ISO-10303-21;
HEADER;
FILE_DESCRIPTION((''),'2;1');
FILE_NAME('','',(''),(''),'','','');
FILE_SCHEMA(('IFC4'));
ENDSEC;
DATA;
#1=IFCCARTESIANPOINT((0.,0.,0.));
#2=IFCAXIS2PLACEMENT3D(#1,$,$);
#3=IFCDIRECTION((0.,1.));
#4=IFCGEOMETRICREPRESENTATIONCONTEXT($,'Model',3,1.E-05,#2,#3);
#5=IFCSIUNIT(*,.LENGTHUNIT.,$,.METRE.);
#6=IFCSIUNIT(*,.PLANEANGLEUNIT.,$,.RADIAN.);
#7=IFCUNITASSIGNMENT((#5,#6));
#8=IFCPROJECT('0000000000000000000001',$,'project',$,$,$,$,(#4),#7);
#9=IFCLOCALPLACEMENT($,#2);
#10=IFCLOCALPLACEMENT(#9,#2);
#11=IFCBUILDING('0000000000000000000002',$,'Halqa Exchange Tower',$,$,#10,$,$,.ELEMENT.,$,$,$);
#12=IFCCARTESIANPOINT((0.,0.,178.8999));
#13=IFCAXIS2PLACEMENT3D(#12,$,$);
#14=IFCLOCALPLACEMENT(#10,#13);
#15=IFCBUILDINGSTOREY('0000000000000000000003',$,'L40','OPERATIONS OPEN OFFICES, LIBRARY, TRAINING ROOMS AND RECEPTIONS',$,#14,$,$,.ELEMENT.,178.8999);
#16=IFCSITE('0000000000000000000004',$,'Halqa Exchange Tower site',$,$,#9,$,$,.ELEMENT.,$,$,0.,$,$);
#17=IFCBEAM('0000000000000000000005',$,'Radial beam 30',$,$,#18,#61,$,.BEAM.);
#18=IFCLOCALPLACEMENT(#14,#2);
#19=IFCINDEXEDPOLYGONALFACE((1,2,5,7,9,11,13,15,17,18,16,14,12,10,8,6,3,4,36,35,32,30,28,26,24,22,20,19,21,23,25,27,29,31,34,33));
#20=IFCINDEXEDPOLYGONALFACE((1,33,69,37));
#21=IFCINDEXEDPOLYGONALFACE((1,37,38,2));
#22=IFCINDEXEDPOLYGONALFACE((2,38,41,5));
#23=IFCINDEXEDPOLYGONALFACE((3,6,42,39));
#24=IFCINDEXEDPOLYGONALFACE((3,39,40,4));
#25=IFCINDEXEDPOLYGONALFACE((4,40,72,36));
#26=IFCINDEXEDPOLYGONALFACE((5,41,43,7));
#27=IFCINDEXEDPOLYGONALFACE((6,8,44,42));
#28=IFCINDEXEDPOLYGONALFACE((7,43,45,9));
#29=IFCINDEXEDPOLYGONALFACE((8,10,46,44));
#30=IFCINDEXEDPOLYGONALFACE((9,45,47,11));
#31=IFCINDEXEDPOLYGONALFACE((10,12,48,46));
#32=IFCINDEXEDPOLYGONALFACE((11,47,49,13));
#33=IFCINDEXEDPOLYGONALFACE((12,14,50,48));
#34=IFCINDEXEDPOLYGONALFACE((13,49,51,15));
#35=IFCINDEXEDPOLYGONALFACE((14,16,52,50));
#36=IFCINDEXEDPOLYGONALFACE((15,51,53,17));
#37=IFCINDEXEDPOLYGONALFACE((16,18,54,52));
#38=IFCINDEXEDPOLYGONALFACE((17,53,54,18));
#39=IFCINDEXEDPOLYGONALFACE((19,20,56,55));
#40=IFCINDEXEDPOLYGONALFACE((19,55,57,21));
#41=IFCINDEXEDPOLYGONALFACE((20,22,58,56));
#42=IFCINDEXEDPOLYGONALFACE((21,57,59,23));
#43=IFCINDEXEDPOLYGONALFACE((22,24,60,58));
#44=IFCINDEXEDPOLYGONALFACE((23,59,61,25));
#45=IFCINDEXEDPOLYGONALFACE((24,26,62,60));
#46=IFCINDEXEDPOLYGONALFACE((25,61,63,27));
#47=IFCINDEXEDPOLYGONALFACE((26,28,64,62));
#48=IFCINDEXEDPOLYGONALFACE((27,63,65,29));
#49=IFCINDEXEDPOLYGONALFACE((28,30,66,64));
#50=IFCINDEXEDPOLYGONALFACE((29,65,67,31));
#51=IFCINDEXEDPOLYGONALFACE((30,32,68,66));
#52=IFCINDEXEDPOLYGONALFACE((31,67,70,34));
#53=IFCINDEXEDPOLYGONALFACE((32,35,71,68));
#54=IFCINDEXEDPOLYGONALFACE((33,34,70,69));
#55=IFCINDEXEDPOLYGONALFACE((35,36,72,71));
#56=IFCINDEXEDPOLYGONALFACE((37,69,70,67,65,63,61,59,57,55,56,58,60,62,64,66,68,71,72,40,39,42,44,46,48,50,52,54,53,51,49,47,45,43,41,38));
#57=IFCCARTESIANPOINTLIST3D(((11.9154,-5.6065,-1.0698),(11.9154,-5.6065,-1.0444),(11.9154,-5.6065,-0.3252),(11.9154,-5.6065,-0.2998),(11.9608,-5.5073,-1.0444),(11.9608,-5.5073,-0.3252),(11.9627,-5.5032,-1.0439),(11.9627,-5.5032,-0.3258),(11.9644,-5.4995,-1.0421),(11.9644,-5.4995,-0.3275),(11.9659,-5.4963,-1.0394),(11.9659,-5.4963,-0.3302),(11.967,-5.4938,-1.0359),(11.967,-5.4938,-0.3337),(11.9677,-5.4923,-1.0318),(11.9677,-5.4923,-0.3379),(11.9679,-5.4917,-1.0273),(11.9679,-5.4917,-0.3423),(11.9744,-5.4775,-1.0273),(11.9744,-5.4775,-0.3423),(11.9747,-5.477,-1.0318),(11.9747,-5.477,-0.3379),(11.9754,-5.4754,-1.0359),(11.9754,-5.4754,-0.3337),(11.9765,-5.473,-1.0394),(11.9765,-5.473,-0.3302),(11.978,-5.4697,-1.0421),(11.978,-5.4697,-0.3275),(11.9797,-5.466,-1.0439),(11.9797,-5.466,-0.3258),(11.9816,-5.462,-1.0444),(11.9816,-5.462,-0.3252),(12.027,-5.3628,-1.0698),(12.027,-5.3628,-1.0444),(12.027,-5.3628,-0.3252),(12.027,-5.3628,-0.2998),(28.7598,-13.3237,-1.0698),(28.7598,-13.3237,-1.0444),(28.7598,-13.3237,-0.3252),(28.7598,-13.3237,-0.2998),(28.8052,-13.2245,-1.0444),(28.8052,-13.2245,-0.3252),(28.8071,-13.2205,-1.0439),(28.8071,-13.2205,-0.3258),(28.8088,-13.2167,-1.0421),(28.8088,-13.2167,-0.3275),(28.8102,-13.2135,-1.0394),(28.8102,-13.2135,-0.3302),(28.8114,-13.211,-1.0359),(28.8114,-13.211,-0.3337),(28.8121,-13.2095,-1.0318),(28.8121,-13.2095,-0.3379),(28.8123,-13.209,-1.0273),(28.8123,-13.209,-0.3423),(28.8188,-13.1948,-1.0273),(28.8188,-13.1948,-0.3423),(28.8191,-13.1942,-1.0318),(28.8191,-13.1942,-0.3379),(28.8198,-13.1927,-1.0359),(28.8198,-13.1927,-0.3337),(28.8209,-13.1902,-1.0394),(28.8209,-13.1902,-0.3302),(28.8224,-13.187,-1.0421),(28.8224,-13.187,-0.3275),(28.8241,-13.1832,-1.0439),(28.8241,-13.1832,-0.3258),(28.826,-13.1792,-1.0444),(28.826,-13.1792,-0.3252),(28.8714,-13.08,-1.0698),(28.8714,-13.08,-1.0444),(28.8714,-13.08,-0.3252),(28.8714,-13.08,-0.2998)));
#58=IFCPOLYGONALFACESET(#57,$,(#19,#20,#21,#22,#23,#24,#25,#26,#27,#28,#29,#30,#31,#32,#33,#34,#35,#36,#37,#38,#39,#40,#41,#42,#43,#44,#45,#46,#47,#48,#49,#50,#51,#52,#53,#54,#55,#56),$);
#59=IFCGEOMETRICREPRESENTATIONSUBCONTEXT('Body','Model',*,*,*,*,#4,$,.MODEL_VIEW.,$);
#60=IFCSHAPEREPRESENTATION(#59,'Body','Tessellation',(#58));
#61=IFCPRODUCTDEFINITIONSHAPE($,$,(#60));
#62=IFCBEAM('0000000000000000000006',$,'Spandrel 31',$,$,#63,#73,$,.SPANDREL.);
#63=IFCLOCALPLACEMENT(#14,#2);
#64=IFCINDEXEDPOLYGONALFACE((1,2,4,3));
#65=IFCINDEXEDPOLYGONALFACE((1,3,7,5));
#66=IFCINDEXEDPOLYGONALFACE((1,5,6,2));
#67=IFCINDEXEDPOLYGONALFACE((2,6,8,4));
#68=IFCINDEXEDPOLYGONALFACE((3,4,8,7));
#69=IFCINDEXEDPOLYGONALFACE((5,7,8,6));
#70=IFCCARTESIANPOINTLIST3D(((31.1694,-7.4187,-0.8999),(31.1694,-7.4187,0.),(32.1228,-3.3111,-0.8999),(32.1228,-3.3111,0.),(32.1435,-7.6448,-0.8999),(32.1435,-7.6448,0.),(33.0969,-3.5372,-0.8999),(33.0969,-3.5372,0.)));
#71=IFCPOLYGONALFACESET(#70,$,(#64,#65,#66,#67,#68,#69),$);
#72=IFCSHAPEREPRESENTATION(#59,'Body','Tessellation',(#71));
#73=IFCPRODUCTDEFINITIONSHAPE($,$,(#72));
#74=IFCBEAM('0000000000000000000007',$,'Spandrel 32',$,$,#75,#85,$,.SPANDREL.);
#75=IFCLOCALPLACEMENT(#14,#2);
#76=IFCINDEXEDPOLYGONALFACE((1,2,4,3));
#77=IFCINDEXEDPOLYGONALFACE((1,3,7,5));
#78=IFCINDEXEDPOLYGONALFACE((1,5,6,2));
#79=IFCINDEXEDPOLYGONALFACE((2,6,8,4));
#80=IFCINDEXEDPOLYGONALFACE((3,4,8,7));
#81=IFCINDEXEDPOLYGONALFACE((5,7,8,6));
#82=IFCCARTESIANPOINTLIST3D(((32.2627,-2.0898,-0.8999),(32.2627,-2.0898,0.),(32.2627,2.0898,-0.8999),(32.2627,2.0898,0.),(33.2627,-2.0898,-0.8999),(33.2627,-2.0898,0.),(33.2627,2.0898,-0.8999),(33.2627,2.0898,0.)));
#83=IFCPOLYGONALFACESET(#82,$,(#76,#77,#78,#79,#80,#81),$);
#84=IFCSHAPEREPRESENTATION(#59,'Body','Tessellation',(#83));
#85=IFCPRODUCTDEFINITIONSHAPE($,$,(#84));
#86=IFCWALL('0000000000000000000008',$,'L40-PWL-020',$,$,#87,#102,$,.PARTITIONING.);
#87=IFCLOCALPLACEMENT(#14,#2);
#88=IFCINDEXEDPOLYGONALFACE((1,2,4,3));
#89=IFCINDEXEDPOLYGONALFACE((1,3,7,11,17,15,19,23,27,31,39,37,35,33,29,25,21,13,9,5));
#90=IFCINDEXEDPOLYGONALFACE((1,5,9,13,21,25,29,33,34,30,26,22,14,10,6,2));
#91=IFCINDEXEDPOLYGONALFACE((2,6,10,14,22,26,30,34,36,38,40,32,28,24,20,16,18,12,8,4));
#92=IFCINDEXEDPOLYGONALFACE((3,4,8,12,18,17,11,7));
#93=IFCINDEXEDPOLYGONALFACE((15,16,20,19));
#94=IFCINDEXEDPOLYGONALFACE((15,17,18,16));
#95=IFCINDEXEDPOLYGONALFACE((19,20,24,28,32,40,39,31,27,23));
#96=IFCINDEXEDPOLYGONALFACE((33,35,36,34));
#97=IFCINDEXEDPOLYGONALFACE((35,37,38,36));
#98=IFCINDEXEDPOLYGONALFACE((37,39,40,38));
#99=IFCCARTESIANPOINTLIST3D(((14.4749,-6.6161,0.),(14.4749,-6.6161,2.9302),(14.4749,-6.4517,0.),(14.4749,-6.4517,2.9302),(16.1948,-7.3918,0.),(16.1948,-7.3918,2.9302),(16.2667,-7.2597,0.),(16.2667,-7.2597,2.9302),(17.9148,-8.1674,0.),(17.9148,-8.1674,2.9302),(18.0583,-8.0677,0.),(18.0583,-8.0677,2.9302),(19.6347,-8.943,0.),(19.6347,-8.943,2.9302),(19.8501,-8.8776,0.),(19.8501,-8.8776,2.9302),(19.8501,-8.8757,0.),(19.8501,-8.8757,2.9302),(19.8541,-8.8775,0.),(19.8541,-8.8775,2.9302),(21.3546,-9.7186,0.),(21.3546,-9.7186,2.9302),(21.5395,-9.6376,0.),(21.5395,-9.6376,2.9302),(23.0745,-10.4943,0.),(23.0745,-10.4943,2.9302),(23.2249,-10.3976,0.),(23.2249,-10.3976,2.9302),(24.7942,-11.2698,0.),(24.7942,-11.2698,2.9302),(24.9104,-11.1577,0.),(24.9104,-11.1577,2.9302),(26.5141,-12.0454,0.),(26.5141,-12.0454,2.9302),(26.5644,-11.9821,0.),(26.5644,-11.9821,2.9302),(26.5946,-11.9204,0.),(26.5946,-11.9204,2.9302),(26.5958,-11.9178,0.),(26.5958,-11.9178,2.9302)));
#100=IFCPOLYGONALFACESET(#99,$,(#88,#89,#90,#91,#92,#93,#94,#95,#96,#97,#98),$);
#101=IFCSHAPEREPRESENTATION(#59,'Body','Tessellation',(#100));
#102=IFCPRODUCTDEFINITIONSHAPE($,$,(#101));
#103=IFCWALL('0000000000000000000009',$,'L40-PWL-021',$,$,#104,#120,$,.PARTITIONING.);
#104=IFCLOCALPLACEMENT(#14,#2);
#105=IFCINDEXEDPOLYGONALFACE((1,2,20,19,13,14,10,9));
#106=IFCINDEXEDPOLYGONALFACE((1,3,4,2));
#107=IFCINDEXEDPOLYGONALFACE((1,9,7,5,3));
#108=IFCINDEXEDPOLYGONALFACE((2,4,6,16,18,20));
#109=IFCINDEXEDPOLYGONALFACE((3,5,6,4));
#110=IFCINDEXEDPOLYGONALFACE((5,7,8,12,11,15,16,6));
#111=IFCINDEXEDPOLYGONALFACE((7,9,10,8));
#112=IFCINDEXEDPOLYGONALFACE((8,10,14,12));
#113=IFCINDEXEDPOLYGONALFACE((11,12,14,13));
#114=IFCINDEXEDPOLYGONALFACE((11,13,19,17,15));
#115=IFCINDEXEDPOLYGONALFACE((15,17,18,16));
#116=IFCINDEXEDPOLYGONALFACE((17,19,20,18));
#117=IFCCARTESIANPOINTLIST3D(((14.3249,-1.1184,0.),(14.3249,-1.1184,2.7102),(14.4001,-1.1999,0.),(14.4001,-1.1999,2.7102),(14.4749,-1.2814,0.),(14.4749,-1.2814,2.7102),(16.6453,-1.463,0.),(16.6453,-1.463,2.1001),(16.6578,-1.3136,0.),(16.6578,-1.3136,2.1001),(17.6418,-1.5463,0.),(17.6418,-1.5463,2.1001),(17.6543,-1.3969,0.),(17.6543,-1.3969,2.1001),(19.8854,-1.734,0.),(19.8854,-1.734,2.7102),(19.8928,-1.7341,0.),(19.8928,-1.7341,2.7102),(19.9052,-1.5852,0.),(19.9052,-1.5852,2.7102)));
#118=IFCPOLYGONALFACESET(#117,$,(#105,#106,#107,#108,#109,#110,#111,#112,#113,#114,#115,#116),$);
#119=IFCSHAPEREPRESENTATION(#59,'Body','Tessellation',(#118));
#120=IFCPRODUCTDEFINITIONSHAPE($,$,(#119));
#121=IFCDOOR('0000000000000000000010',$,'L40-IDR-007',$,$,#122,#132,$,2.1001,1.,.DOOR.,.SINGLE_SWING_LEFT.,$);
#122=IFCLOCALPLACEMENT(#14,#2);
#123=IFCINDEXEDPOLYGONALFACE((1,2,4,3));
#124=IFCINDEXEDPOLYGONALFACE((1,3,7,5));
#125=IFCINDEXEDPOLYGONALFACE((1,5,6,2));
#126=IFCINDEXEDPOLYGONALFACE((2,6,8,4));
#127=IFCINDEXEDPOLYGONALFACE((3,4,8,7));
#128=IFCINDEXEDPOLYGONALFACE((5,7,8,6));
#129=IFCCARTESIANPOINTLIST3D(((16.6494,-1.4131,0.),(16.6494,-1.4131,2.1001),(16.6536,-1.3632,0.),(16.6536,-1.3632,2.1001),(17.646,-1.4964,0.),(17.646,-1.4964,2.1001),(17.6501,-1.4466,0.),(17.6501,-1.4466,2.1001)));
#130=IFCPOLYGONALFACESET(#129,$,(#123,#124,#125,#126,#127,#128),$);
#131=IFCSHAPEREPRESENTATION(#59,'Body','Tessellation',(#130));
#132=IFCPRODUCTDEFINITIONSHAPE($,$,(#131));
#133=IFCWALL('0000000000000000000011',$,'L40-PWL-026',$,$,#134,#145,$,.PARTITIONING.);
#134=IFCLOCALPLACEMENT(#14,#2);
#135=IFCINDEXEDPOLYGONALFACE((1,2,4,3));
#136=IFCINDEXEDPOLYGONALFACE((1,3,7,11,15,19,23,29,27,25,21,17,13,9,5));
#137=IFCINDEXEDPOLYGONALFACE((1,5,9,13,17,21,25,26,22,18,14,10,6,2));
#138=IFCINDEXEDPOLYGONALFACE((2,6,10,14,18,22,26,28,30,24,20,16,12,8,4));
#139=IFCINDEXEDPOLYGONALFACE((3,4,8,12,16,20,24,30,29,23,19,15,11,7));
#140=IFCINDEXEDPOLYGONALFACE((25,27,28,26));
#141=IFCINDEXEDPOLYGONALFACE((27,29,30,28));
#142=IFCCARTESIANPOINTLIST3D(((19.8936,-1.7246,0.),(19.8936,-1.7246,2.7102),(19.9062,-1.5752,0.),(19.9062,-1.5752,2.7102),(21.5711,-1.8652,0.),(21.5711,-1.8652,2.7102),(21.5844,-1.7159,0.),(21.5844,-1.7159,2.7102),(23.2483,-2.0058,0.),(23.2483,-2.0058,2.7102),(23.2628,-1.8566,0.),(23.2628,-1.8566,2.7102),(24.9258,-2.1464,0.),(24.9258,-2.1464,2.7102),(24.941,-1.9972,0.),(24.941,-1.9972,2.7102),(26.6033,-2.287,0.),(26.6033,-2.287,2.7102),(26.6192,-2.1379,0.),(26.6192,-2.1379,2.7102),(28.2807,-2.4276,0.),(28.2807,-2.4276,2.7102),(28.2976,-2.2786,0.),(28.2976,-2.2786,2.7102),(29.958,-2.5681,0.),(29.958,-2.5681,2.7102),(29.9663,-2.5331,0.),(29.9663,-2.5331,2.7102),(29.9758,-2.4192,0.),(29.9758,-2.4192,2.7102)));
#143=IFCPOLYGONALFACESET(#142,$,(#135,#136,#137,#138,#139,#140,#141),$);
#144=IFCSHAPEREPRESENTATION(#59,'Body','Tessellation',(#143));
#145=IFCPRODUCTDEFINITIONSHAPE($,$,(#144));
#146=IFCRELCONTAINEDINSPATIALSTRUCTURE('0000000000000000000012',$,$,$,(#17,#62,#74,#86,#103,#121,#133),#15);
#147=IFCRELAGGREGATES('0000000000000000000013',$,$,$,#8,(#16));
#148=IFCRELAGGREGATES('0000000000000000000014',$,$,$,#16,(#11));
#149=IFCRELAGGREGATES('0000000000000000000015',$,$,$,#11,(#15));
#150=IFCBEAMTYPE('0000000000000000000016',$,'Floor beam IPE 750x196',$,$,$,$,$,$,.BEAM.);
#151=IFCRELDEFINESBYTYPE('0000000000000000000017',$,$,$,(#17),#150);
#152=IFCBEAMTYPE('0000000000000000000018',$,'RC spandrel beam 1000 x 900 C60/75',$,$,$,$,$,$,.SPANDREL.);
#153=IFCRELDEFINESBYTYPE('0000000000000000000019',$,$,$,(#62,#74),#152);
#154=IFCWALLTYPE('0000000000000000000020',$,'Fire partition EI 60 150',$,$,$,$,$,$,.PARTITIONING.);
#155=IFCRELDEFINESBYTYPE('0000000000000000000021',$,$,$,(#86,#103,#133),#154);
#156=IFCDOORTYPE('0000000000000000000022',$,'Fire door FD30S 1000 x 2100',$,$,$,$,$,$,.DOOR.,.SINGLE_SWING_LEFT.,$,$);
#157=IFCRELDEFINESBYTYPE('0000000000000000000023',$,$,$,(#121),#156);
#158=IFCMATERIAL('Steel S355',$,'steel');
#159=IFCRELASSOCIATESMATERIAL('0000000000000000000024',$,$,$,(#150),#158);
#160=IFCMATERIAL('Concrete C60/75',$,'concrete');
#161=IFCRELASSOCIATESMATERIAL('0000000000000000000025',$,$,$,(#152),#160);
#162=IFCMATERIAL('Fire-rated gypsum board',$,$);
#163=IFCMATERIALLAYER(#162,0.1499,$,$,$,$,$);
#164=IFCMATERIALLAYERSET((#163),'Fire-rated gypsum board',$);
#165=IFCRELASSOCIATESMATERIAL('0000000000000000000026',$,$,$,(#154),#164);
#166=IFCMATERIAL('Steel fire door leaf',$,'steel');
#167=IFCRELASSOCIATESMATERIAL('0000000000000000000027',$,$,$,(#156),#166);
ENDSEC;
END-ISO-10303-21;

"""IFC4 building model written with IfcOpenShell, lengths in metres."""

from ifc_helpers import new_model, si_unit, direction, frame, frame_2d, origin, origin_2d, place, context, subcontext, project, spatial, polyline, rectangle, i_section, outline, extrude, material, layer, layer_set, material_profile, profile_set, type_object, element, fill, save


model = new_model("IFC4")

# Units and contexts
model_context = context("Model", 3, precision=1e-05, world=origin(), true_north=direction((0.0, 1.0)))
body_context = subcontext(model_context, "Body", "Model", "MODEL_VIEW")
ifc_project = project(units=[si_unit("LENGTHUNIT", "METRE"), si_unit("PLANEANGLEUNIT", "RADIAN")], contexts=[model_context])

# Site, building, storey
site_placement = place(None, origin())
site = spatial("IfcSite", under=ifc_project, at=site_placement, Name="Halqa Exchange Tower site", CompositionType="ELEMENT", RefElevation=0.0)
building_placement = place(site_placement, origin())
building = spatial("IfcBuilding", under=site, at=building_placement, Name="Halqa Exchange Tower", CompositionType="ELEMENT")
storey_placement = place(building_placement, frame((0.0, 0.0, 178.8999)))
storey = spatial("IfcBuildingStorey", under=building, at=storey_placement, Name="L40", Description="OPERATIONS OPEN OFFICES, LIBRARY, TRAINING ROOMS AND RECEPTIONS", CompositionType="ELEMENT", Elevation=178.8999)

# Beams
ifc_material_1 = material(Name="Steel S355", Category="steel")
ifc_material_profile_1 = material_profile(ifc_material_1, i_section(OverallWidth=0.2681, OverallDepth=0.77, WebThickness=0.0156, FlangeThickness=0.0254, FilletRadius=0.0171, at=origin_2d()), Name="IPE 750x196")
ifc_profile_set_1 = profile_set([ifc_material_profile_1], Name="Steel S355")
beam_type_1 = type_object("IfcBeamType", Name="Floor beam IPE 750x196", PredefinedType="BEAM", material=ifc_profile_set_1)
beam_1_placement = place(storey_placement, frame((11.9712, -5.4846, -0.6848), z_axis=(0.909128, -0.416516, 0.0), x_axis=(0.416516, 0.909128, 0.0)))
element("IfcBeam", 1, at=beam_1_placement, inside=storey, type_object=beam_type_1, Name="Radial beam 30", PredefinedType="BEAM", context=body_context, shape_type="SweptSolid", body=[
    extrude(i_section(OverallWidth=0.2681, OverallDepth=0.77, WebThickness=0.0156, FlangeThickness=0.0254, FilletRadius=0.0171, at=origin_2d()), origin(), (0.0, 0.0, 1.0), 18.5281),
])
ifc_material_2 = material(Name="Concrete C60/75", Category="concrete")
ifc_material_profile_2 = material_profile(ifc_material_2, rectangle(XDim=1.0, YDim=0.8999, at=origin_2d()), Name="1000 x 900")
ifc_profile_set_2 = profile_set([ifc_material_profile_2], Name="Concrete C60/75")
beam_type_2 = type_object("IfcBeamType", Name="RC spandrel beam 1000 x 900 C60/75", PredefinedType="SPANDREL", material=ifc_profile_set_2)
beam_2_placement = place(storey_placement, frame((31.6565, -7.5317, -0.45), z_axis=(0.226086, 0.974107, 0.0), x_axis=(-0.974107, 0.226086, 0.0)))
element("IfcBeam", 2, at=beam_2_placement, inside=storey, type_object=beam_type_2, Name="Spandrel 31", PredefinedType="SPANDREL", context=body_context, shape_type="SweptSolid", body=[
    extrude(rectangle(XDim=1.0, YDim=0.8999, at=origin_2d()), origin(), (0.0, 0.0, 1.0), 4.2168),
])
beam_3_placement = place(storey_placement, frame((32.7627, -2.0898, -0.45), z_axis=(0.0, 1.0, 0.0), x_axis=(-1.0, 0.0, 0.0)))
element("IfcBeam", 3, at=beam_3_placement, inside=storey, type_object=beam_type_2, Name="Spandrel 32", PredefinedType="SPANDREL", context=body_context, shape_type="SweptSolid", body=[
    extrude(rectangle(XDim=1.0, YDim=0.8999, at=origin_2d()), origin(), (0.0, 0.0, 1.0), 4.1797),
])

# Wall
ifc_material_3 = material(Name="Fire-rated gypsum board")
ifc_layer_1 = layer(ifc_material_3, 0.1499)
ifc_layer_set_1 = layer_set([ifc_layer_1], Name="Fire-rated gypsum board")
wall_type_1 = type_object("IfcWallType", Name="Fire partition EI 60 150", PredefinedType="PARTITIONING", material=ifc_layer_set_1)
wall_1_placement = place(storey_placement, frame((14.4441, -6.52, 0.0), z_axis=(0.0, 0.0, 1.0), x_axis=(0.911592, -0.411095, 0.0)))
element("IfcWall", 4, at=wall_1_placement, inside=storey, type_object=wall_type_1, Name="L40-PWL-020", PredefinedType="PARTITIONING", context=body_context, shape_type="SweptSolid", body=[
    extrude(outline(polyline([(0.0676, -0.075), (1.9543, -0.075), (3.8411, -0.075), (5.7278, -0.075), (7.6145, -0.075), (9.5012, -0.075), (11.3877, -0.075), (13.2744, -0.075), (13.2942, 0.0034), (13.2964, 0.072), (13.2964, 0.075), (11.4475, 0.075), (9.5986, 0.075), (7.7498, 0.075), (5.9009, 0.075), (5.8972, 0.0732), (5.8965, 0.075), (3.9309, 0.075), (1.9656, 0.075), (0.0, 0.075), (0.0676, -0.075)])), origin(), (0.0, 0.0, 1.0), 2.9302),
])

# Wall, opening, door
wall_2_placement = place(storey_placement, frame((14.3186, -1.1931, 0.0), z_axis=(0.0, 0.0, 1.0), x_axis=(0.99652, -0.083359, 0.0)))
wall_2 = element("IfcWall", 5, at=wall_2_placement, inside=storey, type_object=wall_type_1, Name="L40-PWL-021", PredefinedType="PARTITIONING", context=body_context, shape_type="SweptSolid", body=[
    extrude(outline(polyline([(0.1631, -0.075), (1.9729, -0.075), (3.7827, -0.075), (5.5925, -0.075), (5.5999, -0.0745), (5.5999, 0.075), (3.7332, 0.075), (1.8667, 0.075), (0.0, 0.075), (0.0818, 0.0), (0.1631, -0.075)])), origin(), (0.0, 0.0, 1.0), 2.7102),
])
opening_1_placement = place(wall_2_placement, frame((2.3411, 0.0, 0.0)))
opening_1 = element("IfcOpeningElement", 6, at=opening_1_placement, cuts=wall_2, PredefinedType="OPENING", context=body_context, shape_type="SweptSolid", body=[
    extrude(rectangle(XDim=1.0, YDim=2.1001, at=frame_2d((0.5, 1.05))), frame((0.0, 0.0869, 0.0), z_axis=(0.0, -1.0, 0.0), x_axis=(1.0, 0.0, 0.0)), (0.0, 0.0, 1.0), 0.1738),
])
ifc_material_4 = material(Name="Steel fire door leaf", Category="steel")
door_type_1 = type_object("IfcDoorType", Name="Fire door FD30S 1000 x 2100", OperationType="SINGLE_SWING_LEFT", PredefinedType="DOOR", material=ifc_material_4)
door_1_placement = place(opening_1_placement, frame((1.0, 0.0, 0.0), z_axis=(0.0, 0.0, 1.0), x_axis=(-1.0, 0.0, 0.0)))
door_1 = element("IfcDoor", 7, at=door_1_placement, inside=storey, type_object=door_type_1, Name="L40-IDR-007", OperationType="SINGLE_SWING_LEFT", OverallHeight=2.1001, OverallWidth=1.0, PredefinedType="DOOR", context=body_context, shape_type="SweptSolid", body=[
    extrude(rectangle(XDim=1.0, YDim=2.1001, at=frame_2d((0.5, 1.05))), frame((0.0, 0.0249, 0.0), z_axis=(0.0, -1.0, 0.0), x_axis=(1.0, 0.0, 0.0)), (0.0, 0.0, 1.0), 0.05),
])
fill(opening_1, door_1)

# Wall
wall_3_placement = place(storey_placement, frame((19.8999, -1.6499, 0.0), z_axis=(0.0, 0.0, 1.0), x_axis=(0.996506, -0.083523, 0.0)))
element("IfcWall", 8, at=wall_3_placement, inside=storey, type_object=wall_type_1, Name="L40-PWL-026", PredefinedType="PARTITIONING", context=body_context, shape_type="SweptSolid", body=[
    extrude(outline(polyline([(0.0, -0.075), (1.6833, -0.075), (3.3665, -0.075), (5.0498, -0.075), (6.7332, -0.075), (8.4165, -0.075), (10.0996, -0.075), (10.105, -0.0393), (10.105, 0.075), (8.4209, 0.075), (6.7366, 0.075), (5.0525, 0.075), (3.3684, 0.075), (1.6841, 0.075), (0.0, 0.075), (0.0, -0.075)])), origin(), (0.0, 0.0, 1.0), 2.7102),
])

save(model, "model.ifc")
